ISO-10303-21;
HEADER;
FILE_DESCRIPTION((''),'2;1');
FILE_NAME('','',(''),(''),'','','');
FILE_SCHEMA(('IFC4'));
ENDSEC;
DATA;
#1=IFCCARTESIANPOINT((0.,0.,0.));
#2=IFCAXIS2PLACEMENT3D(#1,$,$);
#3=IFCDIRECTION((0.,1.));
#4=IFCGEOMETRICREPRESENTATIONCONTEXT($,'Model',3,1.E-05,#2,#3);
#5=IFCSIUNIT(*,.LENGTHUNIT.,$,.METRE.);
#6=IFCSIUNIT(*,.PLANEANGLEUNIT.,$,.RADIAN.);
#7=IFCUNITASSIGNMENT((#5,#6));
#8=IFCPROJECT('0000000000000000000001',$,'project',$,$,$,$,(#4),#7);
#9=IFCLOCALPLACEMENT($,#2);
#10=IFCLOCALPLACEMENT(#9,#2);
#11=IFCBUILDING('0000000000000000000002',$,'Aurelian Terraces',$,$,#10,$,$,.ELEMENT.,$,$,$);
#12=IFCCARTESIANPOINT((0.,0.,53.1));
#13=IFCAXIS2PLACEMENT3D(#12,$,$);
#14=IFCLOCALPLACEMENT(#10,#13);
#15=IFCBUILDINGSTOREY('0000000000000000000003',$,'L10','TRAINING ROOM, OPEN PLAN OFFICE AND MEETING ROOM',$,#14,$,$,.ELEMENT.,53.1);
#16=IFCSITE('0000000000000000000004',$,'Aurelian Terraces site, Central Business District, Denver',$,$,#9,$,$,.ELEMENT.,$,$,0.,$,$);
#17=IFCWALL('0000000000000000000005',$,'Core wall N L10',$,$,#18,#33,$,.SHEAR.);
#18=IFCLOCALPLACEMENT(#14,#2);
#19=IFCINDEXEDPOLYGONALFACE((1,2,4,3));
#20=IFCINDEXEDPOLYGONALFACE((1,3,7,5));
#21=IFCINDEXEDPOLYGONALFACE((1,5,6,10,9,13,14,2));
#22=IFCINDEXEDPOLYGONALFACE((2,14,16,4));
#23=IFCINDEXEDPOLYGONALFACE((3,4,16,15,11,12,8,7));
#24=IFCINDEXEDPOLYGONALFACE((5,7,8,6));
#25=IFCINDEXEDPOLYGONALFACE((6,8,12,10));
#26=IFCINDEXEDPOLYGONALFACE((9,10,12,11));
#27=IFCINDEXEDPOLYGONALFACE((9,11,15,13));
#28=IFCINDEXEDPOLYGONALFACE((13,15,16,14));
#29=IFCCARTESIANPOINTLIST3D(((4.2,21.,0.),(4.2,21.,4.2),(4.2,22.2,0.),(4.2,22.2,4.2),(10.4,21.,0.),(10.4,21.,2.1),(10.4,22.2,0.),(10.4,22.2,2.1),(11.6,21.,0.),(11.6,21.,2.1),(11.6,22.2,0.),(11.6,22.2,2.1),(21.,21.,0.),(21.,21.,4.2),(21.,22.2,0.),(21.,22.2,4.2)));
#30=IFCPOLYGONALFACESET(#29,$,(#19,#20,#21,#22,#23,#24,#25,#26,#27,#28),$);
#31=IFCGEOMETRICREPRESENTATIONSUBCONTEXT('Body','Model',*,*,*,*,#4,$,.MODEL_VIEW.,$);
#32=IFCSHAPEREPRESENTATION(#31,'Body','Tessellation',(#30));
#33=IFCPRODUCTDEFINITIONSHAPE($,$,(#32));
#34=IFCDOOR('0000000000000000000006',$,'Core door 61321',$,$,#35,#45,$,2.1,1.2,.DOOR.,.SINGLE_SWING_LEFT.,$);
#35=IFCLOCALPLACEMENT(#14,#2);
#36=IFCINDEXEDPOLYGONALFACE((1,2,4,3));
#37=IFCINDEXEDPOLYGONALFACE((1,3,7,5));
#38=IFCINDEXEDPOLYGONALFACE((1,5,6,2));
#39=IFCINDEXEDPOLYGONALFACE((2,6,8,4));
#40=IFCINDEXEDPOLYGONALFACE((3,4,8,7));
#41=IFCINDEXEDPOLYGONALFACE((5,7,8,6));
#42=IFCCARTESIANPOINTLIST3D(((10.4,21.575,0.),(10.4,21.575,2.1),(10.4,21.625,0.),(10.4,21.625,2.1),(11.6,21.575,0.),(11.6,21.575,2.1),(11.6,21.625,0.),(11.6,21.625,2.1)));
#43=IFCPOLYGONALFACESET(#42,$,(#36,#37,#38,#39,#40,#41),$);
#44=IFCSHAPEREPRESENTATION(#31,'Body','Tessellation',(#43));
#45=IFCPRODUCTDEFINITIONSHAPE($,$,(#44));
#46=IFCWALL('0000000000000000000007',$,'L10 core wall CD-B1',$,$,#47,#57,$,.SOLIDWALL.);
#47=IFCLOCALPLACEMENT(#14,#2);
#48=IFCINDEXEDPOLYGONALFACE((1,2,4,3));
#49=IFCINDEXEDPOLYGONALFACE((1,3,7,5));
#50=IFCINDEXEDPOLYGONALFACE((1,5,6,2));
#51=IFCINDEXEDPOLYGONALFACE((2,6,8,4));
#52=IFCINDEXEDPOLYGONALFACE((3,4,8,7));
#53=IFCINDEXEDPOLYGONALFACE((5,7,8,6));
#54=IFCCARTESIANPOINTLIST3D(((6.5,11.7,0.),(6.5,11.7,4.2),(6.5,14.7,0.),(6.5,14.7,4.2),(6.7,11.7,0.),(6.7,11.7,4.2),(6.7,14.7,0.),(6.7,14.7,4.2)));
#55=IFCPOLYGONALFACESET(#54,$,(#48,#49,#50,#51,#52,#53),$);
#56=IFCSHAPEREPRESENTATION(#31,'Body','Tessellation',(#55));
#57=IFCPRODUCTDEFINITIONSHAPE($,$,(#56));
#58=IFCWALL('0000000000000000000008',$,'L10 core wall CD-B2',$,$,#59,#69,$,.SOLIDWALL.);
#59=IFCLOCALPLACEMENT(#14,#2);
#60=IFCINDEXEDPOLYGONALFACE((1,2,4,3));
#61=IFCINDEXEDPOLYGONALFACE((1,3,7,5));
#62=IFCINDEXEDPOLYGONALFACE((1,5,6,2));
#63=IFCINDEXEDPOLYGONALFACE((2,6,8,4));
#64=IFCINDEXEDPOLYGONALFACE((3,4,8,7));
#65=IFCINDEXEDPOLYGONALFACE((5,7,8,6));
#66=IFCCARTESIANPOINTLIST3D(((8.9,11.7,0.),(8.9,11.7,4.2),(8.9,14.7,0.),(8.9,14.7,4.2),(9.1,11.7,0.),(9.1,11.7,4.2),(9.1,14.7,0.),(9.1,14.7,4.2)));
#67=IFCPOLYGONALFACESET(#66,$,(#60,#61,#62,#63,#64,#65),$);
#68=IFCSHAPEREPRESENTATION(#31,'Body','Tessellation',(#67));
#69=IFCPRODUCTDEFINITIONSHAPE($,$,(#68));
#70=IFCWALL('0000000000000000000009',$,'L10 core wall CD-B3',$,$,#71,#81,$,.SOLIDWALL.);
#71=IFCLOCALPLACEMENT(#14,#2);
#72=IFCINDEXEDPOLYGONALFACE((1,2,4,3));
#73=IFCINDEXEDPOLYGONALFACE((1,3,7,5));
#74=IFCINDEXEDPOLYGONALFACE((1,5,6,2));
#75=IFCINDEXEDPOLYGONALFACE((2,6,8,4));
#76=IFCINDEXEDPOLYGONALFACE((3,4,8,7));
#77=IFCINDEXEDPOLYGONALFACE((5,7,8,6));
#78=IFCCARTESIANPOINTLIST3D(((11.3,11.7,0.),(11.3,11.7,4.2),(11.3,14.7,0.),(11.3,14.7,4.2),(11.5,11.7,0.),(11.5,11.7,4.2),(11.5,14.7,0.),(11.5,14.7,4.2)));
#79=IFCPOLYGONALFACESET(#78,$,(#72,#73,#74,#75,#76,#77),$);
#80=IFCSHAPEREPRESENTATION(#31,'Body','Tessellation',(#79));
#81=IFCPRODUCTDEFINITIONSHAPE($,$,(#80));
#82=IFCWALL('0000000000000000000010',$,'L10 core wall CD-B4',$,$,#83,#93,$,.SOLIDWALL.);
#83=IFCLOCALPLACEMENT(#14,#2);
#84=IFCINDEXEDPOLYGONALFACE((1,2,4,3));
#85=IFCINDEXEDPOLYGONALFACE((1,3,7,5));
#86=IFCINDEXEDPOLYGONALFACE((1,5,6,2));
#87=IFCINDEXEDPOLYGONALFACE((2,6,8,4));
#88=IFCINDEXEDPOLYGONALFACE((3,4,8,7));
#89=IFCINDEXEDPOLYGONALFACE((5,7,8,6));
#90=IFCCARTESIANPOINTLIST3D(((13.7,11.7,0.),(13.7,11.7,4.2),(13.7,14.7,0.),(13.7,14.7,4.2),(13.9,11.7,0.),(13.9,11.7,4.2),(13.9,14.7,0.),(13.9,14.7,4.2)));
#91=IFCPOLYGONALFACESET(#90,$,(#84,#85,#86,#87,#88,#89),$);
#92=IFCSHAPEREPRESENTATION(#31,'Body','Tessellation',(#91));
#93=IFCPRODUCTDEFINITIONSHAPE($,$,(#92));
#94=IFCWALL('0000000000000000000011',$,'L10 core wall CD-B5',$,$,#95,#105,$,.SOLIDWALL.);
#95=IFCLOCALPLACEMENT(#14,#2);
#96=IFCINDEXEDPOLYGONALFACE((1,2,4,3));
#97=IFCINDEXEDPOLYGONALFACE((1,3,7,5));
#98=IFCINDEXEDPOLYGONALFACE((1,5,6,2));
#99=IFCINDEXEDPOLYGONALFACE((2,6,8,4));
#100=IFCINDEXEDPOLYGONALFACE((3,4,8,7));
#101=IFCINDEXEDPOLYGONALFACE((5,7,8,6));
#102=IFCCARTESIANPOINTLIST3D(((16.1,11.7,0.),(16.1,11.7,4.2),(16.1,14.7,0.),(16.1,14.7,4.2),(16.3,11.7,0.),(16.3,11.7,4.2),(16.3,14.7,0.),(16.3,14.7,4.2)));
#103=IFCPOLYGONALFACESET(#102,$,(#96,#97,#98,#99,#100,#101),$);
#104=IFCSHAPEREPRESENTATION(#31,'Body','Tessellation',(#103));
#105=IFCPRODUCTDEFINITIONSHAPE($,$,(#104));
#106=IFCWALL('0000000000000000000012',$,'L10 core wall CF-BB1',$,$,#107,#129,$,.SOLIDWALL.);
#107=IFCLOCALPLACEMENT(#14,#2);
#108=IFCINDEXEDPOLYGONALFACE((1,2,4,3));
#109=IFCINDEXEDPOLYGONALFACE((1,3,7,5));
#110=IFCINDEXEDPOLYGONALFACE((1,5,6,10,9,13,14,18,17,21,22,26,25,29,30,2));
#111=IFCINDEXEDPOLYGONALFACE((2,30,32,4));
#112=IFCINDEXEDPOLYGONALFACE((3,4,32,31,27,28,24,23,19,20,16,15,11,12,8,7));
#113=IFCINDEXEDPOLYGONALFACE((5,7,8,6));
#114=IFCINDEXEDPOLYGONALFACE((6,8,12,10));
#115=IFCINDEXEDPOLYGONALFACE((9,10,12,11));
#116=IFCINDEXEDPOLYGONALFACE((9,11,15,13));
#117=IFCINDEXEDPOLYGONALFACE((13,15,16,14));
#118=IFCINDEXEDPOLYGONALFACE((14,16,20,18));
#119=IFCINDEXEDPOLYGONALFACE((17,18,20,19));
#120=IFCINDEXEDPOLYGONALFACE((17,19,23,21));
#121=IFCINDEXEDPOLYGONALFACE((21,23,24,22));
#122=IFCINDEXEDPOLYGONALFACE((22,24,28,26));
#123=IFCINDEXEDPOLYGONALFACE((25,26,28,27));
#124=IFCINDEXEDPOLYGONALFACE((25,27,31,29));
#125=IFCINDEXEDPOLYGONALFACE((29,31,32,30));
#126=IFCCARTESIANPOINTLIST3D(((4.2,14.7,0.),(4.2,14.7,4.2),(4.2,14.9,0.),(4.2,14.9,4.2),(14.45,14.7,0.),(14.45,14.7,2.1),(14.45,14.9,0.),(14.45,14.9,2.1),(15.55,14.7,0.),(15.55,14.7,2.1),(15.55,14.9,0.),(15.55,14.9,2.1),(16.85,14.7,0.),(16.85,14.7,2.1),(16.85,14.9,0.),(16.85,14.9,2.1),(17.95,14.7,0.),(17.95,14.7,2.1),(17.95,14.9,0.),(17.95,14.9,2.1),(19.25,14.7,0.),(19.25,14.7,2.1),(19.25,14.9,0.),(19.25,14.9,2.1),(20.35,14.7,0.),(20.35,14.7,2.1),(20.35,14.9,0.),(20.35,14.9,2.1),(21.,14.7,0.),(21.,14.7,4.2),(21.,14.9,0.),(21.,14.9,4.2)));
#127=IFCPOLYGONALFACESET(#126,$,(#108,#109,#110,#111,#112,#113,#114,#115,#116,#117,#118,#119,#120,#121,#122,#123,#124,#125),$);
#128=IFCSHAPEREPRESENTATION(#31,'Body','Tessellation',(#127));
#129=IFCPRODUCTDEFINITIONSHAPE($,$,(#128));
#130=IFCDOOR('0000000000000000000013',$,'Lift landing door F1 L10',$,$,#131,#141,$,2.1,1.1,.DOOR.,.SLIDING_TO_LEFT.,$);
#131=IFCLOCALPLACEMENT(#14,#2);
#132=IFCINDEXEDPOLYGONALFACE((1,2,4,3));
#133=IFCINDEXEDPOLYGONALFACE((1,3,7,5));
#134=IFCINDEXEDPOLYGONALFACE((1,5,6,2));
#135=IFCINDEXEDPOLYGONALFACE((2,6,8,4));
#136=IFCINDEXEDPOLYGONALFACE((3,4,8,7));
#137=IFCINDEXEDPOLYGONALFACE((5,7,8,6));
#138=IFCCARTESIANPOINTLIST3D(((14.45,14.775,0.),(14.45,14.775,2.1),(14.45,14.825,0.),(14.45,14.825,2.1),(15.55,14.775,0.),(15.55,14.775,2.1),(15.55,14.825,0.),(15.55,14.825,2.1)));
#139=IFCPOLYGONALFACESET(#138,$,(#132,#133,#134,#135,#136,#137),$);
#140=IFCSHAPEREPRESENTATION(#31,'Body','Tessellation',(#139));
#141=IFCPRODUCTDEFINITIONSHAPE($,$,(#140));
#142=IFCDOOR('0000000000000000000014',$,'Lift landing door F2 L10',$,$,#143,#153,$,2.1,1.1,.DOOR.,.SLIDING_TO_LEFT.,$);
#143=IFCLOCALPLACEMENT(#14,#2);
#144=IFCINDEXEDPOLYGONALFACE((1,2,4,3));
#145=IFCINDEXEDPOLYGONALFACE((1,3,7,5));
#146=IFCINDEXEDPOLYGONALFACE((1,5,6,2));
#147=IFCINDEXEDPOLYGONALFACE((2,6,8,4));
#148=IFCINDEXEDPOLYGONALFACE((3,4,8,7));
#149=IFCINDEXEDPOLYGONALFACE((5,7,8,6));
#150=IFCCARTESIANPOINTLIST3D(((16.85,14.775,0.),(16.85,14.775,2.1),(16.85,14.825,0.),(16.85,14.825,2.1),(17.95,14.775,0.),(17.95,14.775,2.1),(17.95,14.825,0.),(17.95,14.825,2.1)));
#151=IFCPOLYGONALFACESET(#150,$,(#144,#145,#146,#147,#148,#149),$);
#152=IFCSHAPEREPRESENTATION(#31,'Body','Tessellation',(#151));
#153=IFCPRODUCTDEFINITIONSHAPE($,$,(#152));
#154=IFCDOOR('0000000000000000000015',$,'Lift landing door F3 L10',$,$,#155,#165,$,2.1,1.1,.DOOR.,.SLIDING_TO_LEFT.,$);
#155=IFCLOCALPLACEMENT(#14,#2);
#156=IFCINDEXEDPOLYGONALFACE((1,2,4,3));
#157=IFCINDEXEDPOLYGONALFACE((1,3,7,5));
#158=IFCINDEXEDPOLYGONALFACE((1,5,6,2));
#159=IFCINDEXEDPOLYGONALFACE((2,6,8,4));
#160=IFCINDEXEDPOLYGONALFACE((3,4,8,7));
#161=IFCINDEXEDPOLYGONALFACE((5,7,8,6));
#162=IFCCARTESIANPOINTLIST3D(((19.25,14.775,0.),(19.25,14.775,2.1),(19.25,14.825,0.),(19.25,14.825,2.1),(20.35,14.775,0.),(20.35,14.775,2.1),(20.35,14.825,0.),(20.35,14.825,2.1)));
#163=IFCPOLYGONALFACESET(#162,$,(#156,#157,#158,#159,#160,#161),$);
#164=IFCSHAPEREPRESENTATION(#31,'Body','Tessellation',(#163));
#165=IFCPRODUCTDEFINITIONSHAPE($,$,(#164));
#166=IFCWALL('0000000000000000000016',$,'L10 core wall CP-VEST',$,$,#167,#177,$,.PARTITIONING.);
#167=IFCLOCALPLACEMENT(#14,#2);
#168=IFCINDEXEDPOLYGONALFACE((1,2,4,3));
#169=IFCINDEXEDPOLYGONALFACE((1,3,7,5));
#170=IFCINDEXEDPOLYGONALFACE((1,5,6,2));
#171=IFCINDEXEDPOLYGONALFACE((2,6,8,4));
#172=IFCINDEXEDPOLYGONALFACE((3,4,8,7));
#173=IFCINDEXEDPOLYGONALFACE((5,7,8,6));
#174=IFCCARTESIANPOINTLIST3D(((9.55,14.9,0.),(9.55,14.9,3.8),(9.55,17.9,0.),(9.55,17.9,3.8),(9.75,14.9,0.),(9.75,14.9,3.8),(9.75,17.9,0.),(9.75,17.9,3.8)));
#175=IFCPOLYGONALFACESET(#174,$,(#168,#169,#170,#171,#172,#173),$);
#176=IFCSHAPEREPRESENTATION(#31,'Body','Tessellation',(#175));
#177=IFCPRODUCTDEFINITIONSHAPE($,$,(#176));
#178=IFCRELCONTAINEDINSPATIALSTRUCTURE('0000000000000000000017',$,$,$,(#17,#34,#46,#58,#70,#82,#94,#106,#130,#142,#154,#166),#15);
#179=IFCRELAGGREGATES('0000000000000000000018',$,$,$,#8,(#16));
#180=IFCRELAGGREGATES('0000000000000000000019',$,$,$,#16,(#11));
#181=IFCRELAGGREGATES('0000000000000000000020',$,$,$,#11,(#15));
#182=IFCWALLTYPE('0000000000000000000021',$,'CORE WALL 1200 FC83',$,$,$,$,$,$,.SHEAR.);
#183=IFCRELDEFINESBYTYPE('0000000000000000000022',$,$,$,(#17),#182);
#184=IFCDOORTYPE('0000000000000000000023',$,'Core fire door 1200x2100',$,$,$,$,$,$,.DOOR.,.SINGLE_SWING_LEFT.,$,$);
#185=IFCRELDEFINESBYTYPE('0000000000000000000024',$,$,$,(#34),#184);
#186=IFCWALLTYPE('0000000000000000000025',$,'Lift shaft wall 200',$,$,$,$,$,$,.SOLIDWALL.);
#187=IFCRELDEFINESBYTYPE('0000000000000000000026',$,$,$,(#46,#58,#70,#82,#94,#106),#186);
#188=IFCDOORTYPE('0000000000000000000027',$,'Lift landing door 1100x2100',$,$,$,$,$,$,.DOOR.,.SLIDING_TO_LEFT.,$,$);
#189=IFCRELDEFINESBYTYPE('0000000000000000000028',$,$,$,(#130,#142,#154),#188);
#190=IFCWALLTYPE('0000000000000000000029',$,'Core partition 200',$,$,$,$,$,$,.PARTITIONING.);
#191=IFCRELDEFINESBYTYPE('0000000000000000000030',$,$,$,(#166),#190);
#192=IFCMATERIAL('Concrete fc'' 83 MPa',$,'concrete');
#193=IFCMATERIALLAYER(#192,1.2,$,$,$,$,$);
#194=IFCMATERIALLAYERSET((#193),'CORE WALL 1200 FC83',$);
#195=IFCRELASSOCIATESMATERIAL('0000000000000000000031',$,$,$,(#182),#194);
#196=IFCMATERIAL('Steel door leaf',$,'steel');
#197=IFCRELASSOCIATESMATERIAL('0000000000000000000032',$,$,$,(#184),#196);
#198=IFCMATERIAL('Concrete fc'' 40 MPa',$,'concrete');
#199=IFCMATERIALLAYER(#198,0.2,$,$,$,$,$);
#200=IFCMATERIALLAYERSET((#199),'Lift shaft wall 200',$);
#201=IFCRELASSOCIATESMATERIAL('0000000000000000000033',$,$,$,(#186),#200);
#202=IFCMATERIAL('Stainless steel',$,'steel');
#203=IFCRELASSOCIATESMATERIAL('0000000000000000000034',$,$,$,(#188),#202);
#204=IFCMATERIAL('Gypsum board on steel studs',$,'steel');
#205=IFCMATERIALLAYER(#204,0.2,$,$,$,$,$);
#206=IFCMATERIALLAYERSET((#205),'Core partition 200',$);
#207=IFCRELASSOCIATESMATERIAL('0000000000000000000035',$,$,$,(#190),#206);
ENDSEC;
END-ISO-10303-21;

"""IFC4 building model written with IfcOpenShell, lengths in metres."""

from ifc_helpers import new_model, si_unit, direction, frame, frame_2d, origin, place, context, subcontext, project, spatial, rectangle, extrude, source, transform, mapped, material, layer, layer_set, type_object, element, fill, save


model = new_model("IFC4")

# Units and contexts
model_context = context("Model", 3, precision=1e-05, world=origin(), true_north=direction((0.0, 1.0)))
body_context = subcontext(model_context, "Body", "Model", "MODEL_VIEW")
ifc_project = project(units=[si_unit("LENGTHUNIT", "METRE"), si_unit("PLANEANGLEUNIT", "RADIAN")], contexts=[model_context])

# Site, building, storey
site_placement = place(None, origin())
site = spatial("IfcSite", under=ifc_project, at=site_placement, Name="Aurelian Terraces site, Central Business District, Denver", CompositionType="ELEMENT", RefElevation=0.0)
building_placement = place(site_placement, origin())
building = spatial("IfcBuilding", under=site, at=building_placement, Name="Aurelian Terraces", CompositionType="ELEMENT")
storey_placement = place(building_placement, frame((0.0, 0.0, 53.1)))
storey = spatial("IfcBuildingStorey", under=building, at=storey_placement, Name="L10", Description="TRAINING ROOM, OPEN PLAN OFFICE AND MEETING ROOM", CompositionType="ELEMENT", Elevation=53.1)

# Wall, opening, door
ifc_material_1 = material(Name="Concrete fc' 83 MPa", Category="concrete")
ifc_layer_1 = layer(ifc_material_1, 1.2)
ifc_layer_set_1 = layer_set([ifc_layer_1], Name="CORE WALL 1200 FC83")
wall_type_1 = type_object("IfcWallType", Name="CORE WALL 1200 FC83", PredefinedType="SHEAR", material=ifc_layer_set_1)
shared_shape_1 = source(origin(), body_context, "Body", "SweptSolid", [
    extrude(rectangle(XDim=16.8, YDim=1.2, at=frame_2d((8.4, 0.0))), origin(), (0.0, 0.0, 1.0), 4.2),
])
wall_1_placement = place(storey_placement, frame((4.2, 21.6, 0.0), z_axis=(0.0, 0.0, 1.0), x_axis=(1.0, 0.0, 0.0)))
wall_1 = element("IfcWall", 1, at=wall_1_placement, inside=storey, type_object=wall_type_1, Name="Core wall N L10", PredefinedType="SHEAR", context=body_context, shape_type="MappedRepresentation", body=[
    mapped(shared_shape_1, transform((0.0, 0.0, 0.0), scale=1.0)),
])
shared_shape_2 = source(origin(), body_context, "Body", "SweptSolid", [
    extrude(rectangle(XDim=1.2, YDim=2.1, at=frame_2d((0.6, 1.05))), frame((0.0, 0.61, 0.0), z_axis=(0.0, -1.0, 0.0), x_axis=(1.0, 0.0, 0.0)), (0.0, 0.0, 1.0), 1.22),
])
opening_1_placement = place(wall_1_placement, frame((6.2, 0.0, 0.0)))
opening_1 = element("IfcOpeningElement", 2, at=opening_1_placement, cuts=wall_1, PredefinedType="OPENING", context=body_context, shape_type="MappedRepresentation", body=[
    mapped(shared_shape_2, transform((0.0, 0.0, 0.0), scale=1.0)),
])
ifc_material_2 = material(Name="Steel door leaf", Category="steel")
door_type_1 = type_object("IfcDoorType", Name="Core fire door 1200x2100", OperationType="SINGLE_SWING_LEFT", PredefinedType="DOOR", material=ifc_material_2)
shared_shape_3 = source(origin(), body_context, "Body", "SweptSolid", [
    extrude(rectangle(XDim=1.2, YDim=2.1, at=frame_2d((0.6, 1.05))), frame((0.0, 0.025, 0.0), z_axis=(0.0, -1.0, 0.0), x_axis=(1.0, 0.0, 0.0)), (0.0, 0.0, 1.0), 0.05),
])
door_1_placement = place(opening_1_placement, origin())
door_1 = element("IfcDoor", 3, at=door_1_placement, inside=storey, type_object=door_type_1, Name="Core door 61321", OperationType="SINGLE_SWING_LEFT", OverallHeight=2.1, OverallWidth=1.2, PredefinedType="DOOR", context=body_context, shape_type="MappedRepresentation", body=[
    mapped(shared_shape_3, transform((0.0, 0.0, 0.0), scale=1.0)),
])
fill(opening_1, door_1)

# Walls
ifc_material_3 = material(Name="Concrete fc' 40 MPa", Category="concrete")
ifc_layer_2 = layer(ifc_material_3, 0.2)
ifc_layer_set_2 = layer_set([ifc_layer_2], Name="Lift shaft wall 200")
wall_type_2 = type_object("IfcWallType", Name="Lift shaft wall 200", PredefinedType="SOLIDWALL", material=ifc_layer_set_2)
shared_shape_4 = source(origin(), body_context, "Body", "SweptSolid", [
    extrude(rectangle(XDim=3.0, YDim=0.2, at=frame_2d((1.5, 0.0))), origin(), (0.0, 0.0, 1.0), 4.2),
])
for number, where, z_axis, x_axis, name in (
    (4, (6.6, 11.7, 0.0), (0.0, 0.0, 1.0), (0.0, 1.0, 0.0), "L10 core wall CD-B1"),
    (5, (9.0, 11.7, 0.0), (0.0, 0.0, 1.0), (0.0, 1.0, 0.0), "L10 core wall CD-B2"),
    (6, (11.4, 11.7, 0.0), (0.0, 0.0, 1.0), (0.0, 1.0, 0.0), "L10 core wall CD-B3"),
    (7, (13.8, 11.7, 0.0), (0.0, 0.0, 1.0), (0.0, 1.0, 0.0), "L10 core wall CD-B4"),
    (8, (16.2, 11.7, 0.0), (0.0, 0.0, 1.0), (0.0, 1.0, 0.0), "L10 core wall CD-B5"),
):
    element("IfcWall", number, at=place(storey_placement, frame(where, z_axis=z_axis, x_axis=x_axis)), inside=storey, type_object=wall_type_2, Name=name, PredefinedType="SOLIDWALL", context=body_context, shape_type="MappedRepresentation", body=[
        mapped(shared_shape_4, transform((0.0, 0.0, 0.0), scale=1.0)),
    ])

# Wall, openings, doors
shared_shape_5 = source(origin(), body_context, "Body", "SweptSolid", [
    extrude(rectangle(XDim=16.8, YDim=0.2, at=frame_2d((8.4, 0.0))), origin(), (0.0, 0.0, 1.0), 4.2),
])
wall_2_placement = place(storey_placement, frame((4.2, 14.8, 0.0), z_axis=(0.0, 0.0, 1.0), x_axis=(1.0, 0.0, 0.0)))
wall_2 = element("IfcWall", 9, at=wall_2_placement, inside=storey, type_object=wall_type_2, Name="L10 core wall CF-BB1", PredefinedType="SOLIDWALL", context=body_context, shape_type="MappedRepresentation", body=[
    mapped(shared_shape_5, transform((0.0, 0.0, 0.0), scale=1.0)),
])
shared_shape_6 = source(origin(), body_context, "Body", "SweptSolid", [
    extrude(rectangle(XDim=1.1, YDim=2.1, at=frame_2d((0.55, 1.05))), frame((0.0, 0.11, 0.0), z_axis=(0.0, -1.0, 0.0), x_axis=(1.0, 0.0, 0.0)), (0.0, 0.0, 1.0), 0.22),
])
opening_2_placement = place(wall_2_placement, frame((10.25, 0.0, 0.0)))
opening_2 = element("IfcOpeningElement", 10, at=opening_2_placement, cuts=wall_2, PredefinedType="OPENING", context=body_context, shape_type="MappedRepresentation", body=[
    mapped(shared_shape_6, transform((0.0, 0.0, 0.0), scale=1.0)),
])
opening_3_placement = place(wall_2_placement, frame((12.65, 0.0, 0.0)))
opening_3 = element("IfcOpeningElement", 11, at=opening_3_placement, cuts=wall_2, PredefinedType="OPENING", context=body_context, shape_type="MappedRepresentation", body=[
    mapped(shared_shape_6, transform((0.0, 0.0, 0.0), scale=1.0)),
])
opening_4_placement = place(wall_2_placement, frame((15.05, 0.0, 0.0)))
opening_4 = element("IfcOpeningElement", 12, at=opening_4_placement, cuts=wall_2, PredefinedType="OPENING", context=body_context, shape_type="MappedRepresentation", body=[
    mapped(shared_shape_6, transform((0.0, 0.0, 0.0), scale=1.0)),
])
ifc_material_4 = material(Name="Stainless steel", Category="steel")
door_type_2 = type_object("IfcDoorType", Name="Lift landing door 1100x2100", OperationType="SLIDING_TO_LEFT", PredefinedType="DOOR", material=ifc_material_4)
shared_shape_7 = source(origin(), body_context, "Body", "SweptSolid", [
    extrude(rectangle(XDim=1.1, YDim=2.1, at=frame_2d((0.55, 1.05))), frame((0.0, 0.025, 0.0), z_axis=(0.0, -1.0, 0.0), x_axis=(1.0, 0.0, 0.0)), (0.0, 0.0, 1.0), 0.05),
])
door_2_placement = place(opening_2_placement, origin())
door_2 = element("IfcDoor", 13, at=door_2_placement, inside=storey, type_object=door_type_2, Name="Lift landing door F1 L10", OperationType="SLIDING_TO_LEFT", OverallHeight=2.1, OverallWidth=1.1, PredefinedType="DOOR", context=body_context, shape_type="MappedRepresentation", body=[
    mapped(shared_shape_7, transform((0.0, 0.0, 0.0), scale=1.0)),
])
fill(opening_2, door_2)
door_3_placement = place(opening_3_placement, origin())
door_3 = element("IfcDoor", 14, at=door_3_placement, inside=storey, type_object=door_type_2, Name="Lift landing door F2 L10", OperationType="SLIDING_TO_LEFT", OverallHeight=2.1, OverallWidth=1.1, PredefinedType="DOOR", context=body_context, shape_type="MappedRepresentation", body=[
    mapped(shared_shape_7, transform((0.0, 0.0, 0.0), scale=1.0)),
])
fill(opening_3, door_3)
door_4_placement = place(opening_4_placement, origin())
door_4 = element("IfcDoor", 15, at=door_4_placement, inside=storey, type_object=door_type_2, Name="Lift landing door F3 L10", OperationType="SLIDING_TO_LEFT", OverallHeight=2.1, OverallWidth=1.1, PredefinedType="DOOR", context=body_context, shape_type="MappedRepresentation", body=[
    mapped(shared_shape_7, transform((0.0, 0.0, 0.0), scale=1.0)),
])
fill(opening_4, door_4)

# Wall
ifc_material_5 = material(Name="Gypsum board on steel studs", Category="steel")
ifc_layer_3 = layer(ifc_material_5, 0.2)
ifc_layer_set_3 = layer_set([ifc_layer_3], Name="Core partition 200")
wall_type_3 = type_object("IfcWallType", Name="Core partition 200", PredefinedType="PARTITIONING", material=ifc_layer_set_3)
shared_shape_8 = source(origin(), body_context, "Body", "SweptSolid", [
    extrude(rectangle(XDim=3.0, YDim=0.2, at=frame_2d((1.5, 0.0))), origin(), (0.0, 0.0, 1.0), 3.8),
])
for number, where, z_axis, x_axis, name in (
    (16, (9.65, 14.9, 0.0), (0.0, 0.0, 1.0), (0.0, 1.0, 0.0), "L10 core wall CP-VEST"),
):
    element("IfcWall", number, at=place(storey_placement, frame(where, z_axis=z_axis, x_axis=x_axis)), inside=storey, type_object=wall_type_3, Name=name, PredefinedType="PARTITIONING", context=body_context, shape_type="MappedRepresentation", body=[
        mapped(shared_shape_8, transform((0.0, 0.0, 0.0), scale=1.0)),
    ])

save(model, "model.ifc")
